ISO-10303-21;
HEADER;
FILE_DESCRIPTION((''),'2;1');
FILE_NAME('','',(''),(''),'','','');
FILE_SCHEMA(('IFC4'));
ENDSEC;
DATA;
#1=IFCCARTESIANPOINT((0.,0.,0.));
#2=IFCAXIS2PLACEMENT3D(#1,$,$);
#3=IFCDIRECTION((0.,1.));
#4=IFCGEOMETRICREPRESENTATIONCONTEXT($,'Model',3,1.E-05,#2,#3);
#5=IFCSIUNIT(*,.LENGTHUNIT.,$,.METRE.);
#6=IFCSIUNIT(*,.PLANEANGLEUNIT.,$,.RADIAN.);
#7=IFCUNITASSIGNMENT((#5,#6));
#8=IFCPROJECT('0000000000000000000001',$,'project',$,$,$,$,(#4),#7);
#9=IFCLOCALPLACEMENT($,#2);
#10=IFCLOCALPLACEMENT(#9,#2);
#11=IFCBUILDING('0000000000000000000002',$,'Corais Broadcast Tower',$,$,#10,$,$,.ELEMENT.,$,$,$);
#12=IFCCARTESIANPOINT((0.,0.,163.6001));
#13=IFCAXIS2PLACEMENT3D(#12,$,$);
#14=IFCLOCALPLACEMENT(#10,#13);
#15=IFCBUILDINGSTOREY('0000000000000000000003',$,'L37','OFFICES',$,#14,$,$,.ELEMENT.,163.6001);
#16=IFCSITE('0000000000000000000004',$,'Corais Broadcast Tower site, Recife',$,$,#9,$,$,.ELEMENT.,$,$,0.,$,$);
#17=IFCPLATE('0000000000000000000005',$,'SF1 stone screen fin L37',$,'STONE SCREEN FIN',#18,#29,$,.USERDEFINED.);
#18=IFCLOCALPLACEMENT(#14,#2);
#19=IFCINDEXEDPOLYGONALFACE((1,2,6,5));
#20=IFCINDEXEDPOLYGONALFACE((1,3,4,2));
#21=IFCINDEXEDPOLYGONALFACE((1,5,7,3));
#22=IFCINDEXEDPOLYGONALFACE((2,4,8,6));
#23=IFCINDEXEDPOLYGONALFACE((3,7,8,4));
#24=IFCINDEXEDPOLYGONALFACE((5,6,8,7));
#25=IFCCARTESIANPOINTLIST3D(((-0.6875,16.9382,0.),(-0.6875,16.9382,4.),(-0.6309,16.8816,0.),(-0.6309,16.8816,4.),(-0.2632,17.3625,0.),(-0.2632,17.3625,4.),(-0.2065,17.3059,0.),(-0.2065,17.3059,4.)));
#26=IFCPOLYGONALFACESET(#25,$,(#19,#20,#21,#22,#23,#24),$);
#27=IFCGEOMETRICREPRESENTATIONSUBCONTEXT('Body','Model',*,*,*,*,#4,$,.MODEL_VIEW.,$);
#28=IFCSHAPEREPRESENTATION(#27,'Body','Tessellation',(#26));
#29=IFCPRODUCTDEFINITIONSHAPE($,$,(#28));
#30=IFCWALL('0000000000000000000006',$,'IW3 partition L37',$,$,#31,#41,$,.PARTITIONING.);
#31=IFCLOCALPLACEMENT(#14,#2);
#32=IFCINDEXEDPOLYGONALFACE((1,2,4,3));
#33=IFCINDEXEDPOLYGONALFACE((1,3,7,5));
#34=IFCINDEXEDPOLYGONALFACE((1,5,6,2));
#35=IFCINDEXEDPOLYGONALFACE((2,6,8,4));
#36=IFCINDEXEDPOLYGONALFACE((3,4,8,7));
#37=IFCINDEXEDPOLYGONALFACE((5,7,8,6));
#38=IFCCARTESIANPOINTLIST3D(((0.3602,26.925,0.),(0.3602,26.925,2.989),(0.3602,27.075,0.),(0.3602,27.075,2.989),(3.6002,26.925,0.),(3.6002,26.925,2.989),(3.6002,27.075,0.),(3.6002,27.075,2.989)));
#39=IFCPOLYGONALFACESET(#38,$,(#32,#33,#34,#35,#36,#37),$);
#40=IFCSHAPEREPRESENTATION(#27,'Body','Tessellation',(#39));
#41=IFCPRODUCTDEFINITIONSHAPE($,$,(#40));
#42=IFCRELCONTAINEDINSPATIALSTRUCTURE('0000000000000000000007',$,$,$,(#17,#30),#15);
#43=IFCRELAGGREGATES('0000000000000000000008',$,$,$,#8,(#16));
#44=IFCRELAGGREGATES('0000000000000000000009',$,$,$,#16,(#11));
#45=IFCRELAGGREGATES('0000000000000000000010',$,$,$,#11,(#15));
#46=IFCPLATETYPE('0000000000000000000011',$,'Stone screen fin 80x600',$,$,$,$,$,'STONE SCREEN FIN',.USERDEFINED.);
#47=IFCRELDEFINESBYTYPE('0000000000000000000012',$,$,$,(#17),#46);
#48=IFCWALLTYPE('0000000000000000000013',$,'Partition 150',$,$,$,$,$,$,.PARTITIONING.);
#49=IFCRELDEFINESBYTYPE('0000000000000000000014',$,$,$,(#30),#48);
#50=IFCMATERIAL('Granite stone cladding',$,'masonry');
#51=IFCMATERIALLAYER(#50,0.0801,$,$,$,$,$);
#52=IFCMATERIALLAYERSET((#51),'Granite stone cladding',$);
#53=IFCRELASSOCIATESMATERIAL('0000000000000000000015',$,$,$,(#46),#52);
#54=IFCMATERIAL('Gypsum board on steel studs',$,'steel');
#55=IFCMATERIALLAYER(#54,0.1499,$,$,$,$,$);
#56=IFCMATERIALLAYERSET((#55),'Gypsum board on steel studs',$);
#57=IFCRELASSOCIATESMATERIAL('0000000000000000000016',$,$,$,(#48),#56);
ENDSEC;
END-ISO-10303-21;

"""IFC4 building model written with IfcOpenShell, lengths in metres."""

from ifc_helpers import new_model, si_unit, direction, frame, frame_2d, origin, origin_2d, place, context, subcontext, project, spatial, rectangle, extrude, material, layer, layer_set, type_object, element, save


model = new_model("IFC4")

# Units and contexts
model_context = context("Model", 3, precision=1e-05, world=origin(), true_north=direction((0.0, 1.0)))
body_context = subcontext(model_context, "Body", "Model", "MODEL_VIEW")
ifc_project = project(units=[si_unit("LENGTHUNIT", "METRE"), si_unit("PLANEANGLEUNIT", "RADIAN")], contexts=[model_context])

# Site, building, storey
site_placement = place(None, origin())
site = spatial("IfcSite", under=ifc_project, at=site_placement, Name="Corais Broadcast Tower site, Recife", CompositionType="ELEMENT", RefElevation=0.0)
building_placement = place(site_placement, origin())
building = spatial("IfcBuilding", under=site, at=building_placement, Name="Corais Broadcast Tower", CompositionType="ELEMENT")
storey_placement = place(building_placement, frame((0.0, 0.0, 163.6001)))
storey = spatial("IfcBuildingStorey", under=building, at=storey_placement, Name="L37", Description="OFFICES", CompositionType="ELEMENT", Elevation=163.6001)

# Plate
ifc_material_1 = material(Name="Granite stone cladding", Category="masonry")
ifc_layer_1 = layer(ifc_material_1, 0.0801)
ifc_layer_set_1 = layer_set([ifc_layer_1], Name="Granite stone cladding")
plate_type_1 = type_object("IfcPlateType", Name="Stone screen fin 80x600", ElementType="STONE SCREEN FIN", PredefinedType="USERDEFINED", material=ifc_layer_set_1)
plate_1_placement = place(storey_placement, frame((-0.447, 17.1221, 0.0), z_axis=(0.0, 0.0, 1.0), x_axis=(-0.707107, 0.707107, 0.0)))
element("IfcPlate", 1, at=plate_1_placement, inside=storey, type_object=plate_type_1, Name="SF1 stone screen fin L37", ObjectType="STONE SCREEN FIN", PredefinedType="USERDEFINED", context=body_context, shape_type="SweptSolid", body=[
    extrude(rectangle(XDim=0.0801, YDim=0.6001, at=origin_2d()), origin(), (0.0, 0.0, 1.0), 4.0),
])

# Wall
ifc_material_2 = material(Name="Gypsum board on steel studs", Category="steel")
ifc_layer_2 = layer(ifc_material_2, 0.1499)
ifc_layer_set_2 = layer_set([ifc_layer_2], Name="Gypsum board on steel studs")
wall_type = type_object("IfcWallType", Name="Partition 150", PredefinedType="PARTITIONING", material=ifc_layer_set_2)
wall_placement = place(storey_placement, frame((0.3601, 27.0, 0.0), z_axis=(0.0, 0.0, 1.0), x_axis=(1.0, 0.0, 0.0)))
element("IfcWall", 2, at=wall_placement, inside=storey, type_object=wall_type, Name="IW3 partition L37", PredefinedType="PARTITIONING", context=body_context, shape_type="SweptSolid", body=[
    extrude(rectangle(XDim=3.24, YDim=0.1499, at=frame_2d((1.6201, 0.0))), origin(), (0.0, 0.0, 1.0), 2.989),
])

save(model, "model.ifc")
